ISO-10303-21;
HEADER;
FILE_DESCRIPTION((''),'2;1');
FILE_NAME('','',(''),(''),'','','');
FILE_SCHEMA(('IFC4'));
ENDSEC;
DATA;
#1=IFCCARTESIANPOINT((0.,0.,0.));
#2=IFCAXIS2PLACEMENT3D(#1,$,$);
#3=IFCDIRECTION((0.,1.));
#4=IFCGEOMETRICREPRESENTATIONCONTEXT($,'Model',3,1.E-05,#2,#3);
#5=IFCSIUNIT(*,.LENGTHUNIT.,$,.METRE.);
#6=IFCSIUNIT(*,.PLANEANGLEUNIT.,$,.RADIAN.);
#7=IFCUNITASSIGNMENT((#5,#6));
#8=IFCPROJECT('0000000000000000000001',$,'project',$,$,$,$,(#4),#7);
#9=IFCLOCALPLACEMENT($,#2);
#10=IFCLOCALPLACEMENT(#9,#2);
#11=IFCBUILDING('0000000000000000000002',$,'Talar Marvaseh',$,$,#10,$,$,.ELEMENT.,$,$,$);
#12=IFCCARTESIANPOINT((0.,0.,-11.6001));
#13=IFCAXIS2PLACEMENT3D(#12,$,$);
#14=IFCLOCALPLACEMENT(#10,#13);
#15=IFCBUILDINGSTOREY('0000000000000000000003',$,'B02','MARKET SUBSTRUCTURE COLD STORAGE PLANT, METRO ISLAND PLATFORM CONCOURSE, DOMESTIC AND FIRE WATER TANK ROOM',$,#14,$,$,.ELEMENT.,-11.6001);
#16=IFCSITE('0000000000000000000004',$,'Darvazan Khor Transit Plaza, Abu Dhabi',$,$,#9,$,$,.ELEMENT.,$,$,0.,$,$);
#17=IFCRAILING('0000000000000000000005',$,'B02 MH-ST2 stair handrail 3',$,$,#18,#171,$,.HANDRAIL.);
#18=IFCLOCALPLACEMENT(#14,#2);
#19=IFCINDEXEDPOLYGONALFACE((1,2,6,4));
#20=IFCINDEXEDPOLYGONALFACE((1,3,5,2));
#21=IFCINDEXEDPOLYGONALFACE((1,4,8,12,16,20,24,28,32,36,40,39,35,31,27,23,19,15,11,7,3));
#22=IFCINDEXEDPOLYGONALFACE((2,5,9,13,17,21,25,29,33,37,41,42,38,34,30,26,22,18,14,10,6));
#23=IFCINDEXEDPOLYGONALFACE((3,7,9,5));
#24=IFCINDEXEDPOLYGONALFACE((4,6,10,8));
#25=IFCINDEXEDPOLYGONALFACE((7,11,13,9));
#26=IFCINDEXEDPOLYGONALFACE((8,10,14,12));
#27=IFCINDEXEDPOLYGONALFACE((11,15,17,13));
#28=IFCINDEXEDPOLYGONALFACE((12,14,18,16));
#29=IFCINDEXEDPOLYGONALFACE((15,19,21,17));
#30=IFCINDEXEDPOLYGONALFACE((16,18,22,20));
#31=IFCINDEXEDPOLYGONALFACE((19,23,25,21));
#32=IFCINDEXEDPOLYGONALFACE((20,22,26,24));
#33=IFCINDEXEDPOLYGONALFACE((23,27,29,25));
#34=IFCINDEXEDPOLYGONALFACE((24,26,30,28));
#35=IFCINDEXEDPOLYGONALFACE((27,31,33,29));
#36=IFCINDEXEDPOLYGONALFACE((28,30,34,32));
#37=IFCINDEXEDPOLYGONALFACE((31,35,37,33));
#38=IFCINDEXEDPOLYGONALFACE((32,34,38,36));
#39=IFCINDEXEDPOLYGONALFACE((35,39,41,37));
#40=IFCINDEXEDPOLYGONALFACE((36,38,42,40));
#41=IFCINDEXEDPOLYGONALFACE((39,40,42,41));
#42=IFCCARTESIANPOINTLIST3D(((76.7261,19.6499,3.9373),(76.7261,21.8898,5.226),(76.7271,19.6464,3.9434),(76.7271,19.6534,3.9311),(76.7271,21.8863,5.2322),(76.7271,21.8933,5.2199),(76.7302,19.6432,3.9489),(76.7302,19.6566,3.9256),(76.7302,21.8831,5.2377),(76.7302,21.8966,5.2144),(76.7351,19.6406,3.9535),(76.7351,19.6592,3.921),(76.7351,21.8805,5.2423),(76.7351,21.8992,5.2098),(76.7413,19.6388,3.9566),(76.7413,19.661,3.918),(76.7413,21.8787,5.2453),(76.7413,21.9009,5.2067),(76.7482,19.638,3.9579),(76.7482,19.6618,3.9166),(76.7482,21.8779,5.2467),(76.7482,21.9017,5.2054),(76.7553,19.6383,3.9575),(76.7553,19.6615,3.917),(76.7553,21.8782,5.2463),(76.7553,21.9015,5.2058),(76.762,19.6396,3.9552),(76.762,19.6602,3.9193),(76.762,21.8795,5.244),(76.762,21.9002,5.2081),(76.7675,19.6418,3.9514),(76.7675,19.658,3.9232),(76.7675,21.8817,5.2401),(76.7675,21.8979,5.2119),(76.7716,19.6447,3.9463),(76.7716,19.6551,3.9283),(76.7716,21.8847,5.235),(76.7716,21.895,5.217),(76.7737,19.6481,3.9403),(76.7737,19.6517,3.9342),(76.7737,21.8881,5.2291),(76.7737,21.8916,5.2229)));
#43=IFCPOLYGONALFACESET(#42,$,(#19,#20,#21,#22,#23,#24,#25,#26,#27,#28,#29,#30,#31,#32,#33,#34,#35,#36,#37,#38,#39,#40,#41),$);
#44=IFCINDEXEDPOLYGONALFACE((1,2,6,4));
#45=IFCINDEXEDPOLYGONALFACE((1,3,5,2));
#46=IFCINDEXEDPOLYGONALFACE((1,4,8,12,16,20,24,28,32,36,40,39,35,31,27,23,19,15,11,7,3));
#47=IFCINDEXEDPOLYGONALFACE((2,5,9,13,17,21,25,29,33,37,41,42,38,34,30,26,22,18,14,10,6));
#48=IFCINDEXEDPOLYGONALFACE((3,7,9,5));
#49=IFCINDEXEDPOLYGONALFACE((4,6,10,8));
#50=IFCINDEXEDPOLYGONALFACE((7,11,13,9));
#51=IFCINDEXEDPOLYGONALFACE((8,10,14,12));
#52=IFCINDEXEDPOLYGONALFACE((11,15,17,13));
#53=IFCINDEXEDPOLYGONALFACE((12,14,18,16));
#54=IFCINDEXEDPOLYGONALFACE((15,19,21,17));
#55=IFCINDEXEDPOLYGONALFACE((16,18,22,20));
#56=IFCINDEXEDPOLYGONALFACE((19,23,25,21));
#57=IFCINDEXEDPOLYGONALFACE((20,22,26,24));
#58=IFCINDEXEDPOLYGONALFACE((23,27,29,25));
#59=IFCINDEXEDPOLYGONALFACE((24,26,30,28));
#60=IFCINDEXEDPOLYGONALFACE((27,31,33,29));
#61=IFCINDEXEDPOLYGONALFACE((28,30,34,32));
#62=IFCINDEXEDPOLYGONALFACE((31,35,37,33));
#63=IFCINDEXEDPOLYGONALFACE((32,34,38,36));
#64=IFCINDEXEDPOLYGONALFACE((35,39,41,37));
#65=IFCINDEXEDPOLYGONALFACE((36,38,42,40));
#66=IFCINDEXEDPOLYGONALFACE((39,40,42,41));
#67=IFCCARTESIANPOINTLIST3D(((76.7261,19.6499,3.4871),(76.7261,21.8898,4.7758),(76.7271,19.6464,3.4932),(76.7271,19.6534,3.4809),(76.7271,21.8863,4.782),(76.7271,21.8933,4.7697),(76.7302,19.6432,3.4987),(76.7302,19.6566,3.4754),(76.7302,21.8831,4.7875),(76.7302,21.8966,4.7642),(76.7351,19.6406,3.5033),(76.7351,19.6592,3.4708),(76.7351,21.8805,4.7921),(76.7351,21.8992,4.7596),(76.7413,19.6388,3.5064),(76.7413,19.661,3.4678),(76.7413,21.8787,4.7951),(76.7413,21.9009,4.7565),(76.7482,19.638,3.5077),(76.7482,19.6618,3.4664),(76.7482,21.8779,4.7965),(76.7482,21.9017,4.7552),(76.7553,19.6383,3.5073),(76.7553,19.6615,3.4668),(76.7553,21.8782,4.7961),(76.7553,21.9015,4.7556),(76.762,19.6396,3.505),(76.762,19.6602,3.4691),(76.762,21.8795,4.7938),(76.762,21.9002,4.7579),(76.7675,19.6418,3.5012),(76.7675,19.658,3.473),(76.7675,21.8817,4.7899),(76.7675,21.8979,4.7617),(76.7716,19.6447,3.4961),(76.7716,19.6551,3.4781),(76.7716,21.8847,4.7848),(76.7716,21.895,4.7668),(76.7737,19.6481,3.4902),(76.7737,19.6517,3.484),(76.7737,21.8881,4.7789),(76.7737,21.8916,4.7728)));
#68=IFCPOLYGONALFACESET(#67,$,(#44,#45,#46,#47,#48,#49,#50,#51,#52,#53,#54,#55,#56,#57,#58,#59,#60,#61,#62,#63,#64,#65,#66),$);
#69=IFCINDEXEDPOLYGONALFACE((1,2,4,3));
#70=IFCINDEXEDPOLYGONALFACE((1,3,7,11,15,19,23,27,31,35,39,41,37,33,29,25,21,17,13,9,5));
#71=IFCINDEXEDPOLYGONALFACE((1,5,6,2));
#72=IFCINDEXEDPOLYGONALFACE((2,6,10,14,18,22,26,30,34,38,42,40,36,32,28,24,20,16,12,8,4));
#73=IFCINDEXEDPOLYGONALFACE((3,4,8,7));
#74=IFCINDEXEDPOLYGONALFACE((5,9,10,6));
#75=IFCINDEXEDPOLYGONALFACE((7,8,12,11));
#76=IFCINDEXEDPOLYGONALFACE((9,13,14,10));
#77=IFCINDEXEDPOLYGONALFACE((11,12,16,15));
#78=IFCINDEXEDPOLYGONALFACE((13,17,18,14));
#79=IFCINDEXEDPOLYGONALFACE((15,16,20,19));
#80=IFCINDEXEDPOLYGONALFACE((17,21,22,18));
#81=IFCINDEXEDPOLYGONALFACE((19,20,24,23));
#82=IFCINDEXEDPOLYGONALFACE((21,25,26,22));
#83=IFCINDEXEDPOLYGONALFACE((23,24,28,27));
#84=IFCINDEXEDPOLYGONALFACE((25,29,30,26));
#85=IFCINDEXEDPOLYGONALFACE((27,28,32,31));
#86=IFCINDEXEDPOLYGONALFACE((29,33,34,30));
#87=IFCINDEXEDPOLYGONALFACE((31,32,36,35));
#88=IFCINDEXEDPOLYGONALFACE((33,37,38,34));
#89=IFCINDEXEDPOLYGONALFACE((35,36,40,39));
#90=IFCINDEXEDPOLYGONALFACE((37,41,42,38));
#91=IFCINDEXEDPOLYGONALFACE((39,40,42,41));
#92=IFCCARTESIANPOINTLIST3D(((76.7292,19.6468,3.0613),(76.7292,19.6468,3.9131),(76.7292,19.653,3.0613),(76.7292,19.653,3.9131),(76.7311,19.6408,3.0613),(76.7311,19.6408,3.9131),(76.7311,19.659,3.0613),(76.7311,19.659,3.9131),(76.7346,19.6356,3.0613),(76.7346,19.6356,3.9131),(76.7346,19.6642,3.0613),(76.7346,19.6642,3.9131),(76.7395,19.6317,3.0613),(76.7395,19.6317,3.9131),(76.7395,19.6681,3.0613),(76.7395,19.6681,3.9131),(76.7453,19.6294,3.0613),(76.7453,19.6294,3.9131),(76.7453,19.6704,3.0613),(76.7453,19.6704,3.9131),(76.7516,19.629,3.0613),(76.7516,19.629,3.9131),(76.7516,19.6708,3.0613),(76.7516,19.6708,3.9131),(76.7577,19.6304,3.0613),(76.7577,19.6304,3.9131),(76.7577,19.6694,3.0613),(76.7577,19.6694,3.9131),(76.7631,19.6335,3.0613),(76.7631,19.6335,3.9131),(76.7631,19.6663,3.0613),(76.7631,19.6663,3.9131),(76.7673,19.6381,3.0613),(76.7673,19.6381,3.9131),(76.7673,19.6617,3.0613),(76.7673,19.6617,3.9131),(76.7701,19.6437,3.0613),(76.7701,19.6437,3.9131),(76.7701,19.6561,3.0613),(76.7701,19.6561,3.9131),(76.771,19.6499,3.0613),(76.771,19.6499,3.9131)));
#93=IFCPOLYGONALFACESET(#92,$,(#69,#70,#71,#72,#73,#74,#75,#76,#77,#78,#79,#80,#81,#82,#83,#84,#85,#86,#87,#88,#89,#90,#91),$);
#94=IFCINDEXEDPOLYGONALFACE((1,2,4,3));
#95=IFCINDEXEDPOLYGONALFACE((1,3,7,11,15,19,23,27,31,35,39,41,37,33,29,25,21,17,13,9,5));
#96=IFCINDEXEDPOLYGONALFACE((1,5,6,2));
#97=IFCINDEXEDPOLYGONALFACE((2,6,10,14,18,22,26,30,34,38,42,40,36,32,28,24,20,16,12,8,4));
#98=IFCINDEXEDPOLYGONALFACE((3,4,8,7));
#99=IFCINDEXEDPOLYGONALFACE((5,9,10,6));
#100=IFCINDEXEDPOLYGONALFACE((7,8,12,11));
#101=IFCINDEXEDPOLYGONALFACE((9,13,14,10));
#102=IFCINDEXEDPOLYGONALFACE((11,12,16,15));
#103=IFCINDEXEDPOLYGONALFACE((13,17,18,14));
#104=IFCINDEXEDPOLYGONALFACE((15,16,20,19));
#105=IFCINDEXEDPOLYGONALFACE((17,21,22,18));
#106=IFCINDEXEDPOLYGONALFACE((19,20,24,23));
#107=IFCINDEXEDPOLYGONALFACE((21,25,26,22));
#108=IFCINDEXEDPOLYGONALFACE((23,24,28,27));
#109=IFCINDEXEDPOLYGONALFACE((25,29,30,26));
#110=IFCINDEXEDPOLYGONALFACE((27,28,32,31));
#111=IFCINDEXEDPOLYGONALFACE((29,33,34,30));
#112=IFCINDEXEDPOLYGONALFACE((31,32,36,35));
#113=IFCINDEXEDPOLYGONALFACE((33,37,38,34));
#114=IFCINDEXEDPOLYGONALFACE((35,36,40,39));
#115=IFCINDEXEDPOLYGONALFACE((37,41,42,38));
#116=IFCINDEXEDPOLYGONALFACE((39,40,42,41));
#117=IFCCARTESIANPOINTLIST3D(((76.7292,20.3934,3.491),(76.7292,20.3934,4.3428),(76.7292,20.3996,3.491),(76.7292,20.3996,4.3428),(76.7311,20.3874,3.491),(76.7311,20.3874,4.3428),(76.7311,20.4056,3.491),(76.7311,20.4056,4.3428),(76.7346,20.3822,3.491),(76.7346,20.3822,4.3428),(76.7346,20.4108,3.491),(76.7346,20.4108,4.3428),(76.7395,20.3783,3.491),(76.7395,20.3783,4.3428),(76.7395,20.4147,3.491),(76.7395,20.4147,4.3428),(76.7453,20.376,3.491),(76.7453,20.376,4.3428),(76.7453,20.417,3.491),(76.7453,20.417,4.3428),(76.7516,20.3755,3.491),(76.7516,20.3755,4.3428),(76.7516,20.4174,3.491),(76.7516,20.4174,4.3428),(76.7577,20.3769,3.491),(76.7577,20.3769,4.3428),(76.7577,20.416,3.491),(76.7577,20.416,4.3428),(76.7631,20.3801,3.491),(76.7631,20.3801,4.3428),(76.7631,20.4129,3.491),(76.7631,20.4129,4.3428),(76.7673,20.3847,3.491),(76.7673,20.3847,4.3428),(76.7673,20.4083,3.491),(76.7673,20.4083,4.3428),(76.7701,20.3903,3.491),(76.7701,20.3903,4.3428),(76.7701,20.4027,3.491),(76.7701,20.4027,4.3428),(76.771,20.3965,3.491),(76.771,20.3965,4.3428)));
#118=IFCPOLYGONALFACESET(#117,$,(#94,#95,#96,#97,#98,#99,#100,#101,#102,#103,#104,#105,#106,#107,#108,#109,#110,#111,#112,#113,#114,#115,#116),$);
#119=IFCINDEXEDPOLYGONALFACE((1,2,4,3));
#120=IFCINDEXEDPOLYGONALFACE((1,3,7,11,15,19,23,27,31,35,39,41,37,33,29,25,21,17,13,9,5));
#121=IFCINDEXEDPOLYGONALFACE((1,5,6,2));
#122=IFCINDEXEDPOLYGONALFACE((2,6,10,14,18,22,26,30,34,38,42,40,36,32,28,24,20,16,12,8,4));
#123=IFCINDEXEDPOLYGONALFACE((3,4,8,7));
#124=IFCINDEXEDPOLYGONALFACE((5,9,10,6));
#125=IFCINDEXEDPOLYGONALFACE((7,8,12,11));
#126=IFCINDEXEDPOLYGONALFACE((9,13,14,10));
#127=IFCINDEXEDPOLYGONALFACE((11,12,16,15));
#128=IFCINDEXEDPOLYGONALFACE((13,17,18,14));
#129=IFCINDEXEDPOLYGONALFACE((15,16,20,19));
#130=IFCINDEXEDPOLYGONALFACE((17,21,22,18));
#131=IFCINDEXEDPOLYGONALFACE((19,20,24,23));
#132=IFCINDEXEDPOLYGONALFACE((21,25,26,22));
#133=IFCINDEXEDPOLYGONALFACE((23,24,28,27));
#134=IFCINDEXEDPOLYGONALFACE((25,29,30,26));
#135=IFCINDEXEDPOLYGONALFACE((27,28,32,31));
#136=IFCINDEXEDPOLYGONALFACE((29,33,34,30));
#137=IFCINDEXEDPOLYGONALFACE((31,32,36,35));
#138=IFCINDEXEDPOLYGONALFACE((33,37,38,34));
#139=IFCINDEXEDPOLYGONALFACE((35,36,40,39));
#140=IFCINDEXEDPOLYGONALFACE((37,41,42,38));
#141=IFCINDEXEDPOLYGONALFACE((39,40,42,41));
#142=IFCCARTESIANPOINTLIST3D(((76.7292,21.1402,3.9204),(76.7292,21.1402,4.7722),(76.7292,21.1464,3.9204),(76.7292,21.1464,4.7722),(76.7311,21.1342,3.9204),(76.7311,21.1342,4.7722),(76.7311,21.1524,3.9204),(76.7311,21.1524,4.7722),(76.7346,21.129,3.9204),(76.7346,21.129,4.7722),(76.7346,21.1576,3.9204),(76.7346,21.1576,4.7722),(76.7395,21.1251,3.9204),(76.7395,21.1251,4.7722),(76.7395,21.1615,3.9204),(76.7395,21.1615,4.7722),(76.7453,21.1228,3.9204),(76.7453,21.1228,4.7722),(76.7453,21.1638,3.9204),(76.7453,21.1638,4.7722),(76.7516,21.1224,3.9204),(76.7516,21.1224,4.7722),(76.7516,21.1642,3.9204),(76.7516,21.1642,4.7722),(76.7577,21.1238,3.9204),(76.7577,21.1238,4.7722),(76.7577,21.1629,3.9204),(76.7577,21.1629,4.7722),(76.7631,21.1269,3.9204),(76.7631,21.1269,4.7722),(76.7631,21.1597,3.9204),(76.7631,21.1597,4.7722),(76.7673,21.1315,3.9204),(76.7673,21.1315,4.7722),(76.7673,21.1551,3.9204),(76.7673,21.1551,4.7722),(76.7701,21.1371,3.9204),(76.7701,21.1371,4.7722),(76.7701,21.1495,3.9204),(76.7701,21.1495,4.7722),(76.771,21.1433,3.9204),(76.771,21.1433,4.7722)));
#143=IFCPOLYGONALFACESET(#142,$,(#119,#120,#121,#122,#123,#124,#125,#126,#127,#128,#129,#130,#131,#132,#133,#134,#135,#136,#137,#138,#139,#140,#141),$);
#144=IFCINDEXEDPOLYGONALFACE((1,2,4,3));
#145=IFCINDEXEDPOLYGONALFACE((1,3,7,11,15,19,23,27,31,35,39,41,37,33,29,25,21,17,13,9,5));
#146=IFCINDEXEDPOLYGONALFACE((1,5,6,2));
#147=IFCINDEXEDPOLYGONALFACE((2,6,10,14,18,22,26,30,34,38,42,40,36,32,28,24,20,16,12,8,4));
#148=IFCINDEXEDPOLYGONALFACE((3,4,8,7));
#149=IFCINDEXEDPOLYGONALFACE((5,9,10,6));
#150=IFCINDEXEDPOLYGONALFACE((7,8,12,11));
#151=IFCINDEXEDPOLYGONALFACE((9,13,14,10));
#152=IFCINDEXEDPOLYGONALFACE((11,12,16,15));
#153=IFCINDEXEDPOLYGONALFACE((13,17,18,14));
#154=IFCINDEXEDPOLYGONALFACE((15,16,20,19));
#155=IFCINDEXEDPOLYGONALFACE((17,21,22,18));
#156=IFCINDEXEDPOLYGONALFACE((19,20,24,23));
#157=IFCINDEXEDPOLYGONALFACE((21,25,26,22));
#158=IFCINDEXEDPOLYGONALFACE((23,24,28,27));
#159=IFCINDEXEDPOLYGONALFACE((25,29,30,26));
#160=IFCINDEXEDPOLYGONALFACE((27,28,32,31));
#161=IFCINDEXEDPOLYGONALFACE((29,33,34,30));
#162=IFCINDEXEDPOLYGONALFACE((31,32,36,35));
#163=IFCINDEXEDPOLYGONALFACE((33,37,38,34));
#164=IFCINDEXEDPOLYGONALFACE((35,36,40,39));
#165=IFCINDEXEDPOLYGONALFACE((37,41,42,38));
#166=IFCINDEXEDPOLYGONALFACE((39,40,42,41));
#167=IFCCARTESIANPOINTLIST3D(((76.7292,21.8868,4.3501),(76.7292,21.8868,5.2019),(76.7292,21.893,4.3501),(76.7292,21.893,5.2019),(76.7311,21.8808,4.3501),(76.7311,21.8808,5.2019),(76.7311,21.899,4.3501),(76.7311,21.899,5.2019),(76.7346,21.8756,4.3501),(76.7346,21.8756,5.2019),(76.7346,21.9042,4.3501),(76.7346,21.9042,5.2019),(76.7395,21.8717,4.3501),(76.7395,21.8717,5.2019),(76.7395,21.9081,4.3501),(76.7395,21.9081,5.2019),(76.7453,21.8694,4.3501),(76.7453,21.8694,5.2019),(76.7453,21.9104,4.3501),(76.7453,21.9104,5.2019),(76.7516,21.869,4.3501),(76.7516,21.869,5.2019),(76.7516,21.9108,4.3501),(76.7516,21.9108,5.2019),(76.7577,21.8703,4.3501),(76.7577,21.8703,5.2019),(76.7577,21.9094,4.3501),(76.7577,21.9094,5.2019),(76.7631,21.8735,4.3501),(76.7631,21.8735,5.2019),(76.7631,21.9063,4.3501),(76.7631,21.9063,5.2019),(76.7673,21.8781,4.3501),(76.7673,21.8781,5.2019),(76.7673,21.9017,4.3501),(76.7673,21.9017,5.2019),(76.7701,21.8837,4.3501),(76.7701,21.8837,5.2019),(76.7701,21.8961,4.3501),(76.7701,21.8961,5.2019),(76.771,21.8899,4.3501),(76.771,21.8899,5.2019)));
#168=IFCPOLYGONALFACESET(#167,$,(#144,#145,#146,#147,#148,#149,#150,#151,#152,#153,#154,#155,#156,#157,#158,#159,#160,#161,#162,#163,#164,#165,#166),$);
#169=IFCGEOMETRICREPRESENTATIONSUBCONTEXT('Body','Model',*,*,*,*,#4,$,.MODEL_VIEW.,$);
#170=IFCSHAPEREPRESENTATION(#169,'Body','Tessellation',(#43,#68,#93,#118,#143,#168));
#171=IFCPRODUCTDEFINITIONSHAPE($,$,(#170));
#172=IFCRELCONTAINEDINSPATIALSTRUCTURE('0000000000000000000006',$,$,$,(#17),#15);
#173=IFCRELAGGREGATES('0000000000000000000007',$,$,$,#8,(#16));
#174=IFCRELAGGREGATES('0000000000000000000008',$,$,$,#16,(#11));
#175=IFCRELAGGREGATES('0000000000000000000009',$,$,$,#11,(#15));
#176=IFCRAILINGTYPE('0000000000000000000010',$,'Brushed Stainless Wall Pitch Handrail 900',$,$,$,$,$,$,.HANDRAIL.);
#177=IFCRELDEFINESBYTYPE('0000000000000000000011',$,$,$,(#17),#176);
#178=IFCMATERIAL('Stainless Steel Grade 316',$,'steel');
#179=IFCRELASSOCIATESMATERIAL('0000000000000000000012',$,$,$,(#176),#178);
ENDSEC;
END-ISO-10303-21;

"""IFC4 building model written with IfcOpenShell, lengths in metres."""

from ifc_helpers import new_model, si_unit, direction, frame, origin, origin_2d, place, context, subcontext, project, spatial, circle, extrude, material, type_object, element, save


model = new_model("IFC4")

# Units and contexts
model_context = context("Model", 3, precision=1e-05, world=origin(), true_north=direction((0.0, 1.0)))
body_context = subcontext(model_context, "Body", "Model", "MODEL_VIEW")
ifc_project = project(units=[si_unit("LENGTHUNIT", "METRE"), si_unit("PLANEANGLEUNIT", "RADIAN")], contexts=[model_context])

# Site, building, storey
site_placement = place(None, origin())
site = spatial("IfcSite", under=ifc_project, at=site_placement, Name="Darvazan Khor Transit Plaza, Abu Dhabi", CompositionType="ELEMENT", RefElevation=0.0)
building_placement = place(site_placement, origin())
building = spatial("IfcBuilding", under=site, at=building_placement, Name="Talar Marvaseh", CompositionType="ELEMENT")
storey_placement = place(building_placement, frame((0.0, 0.0, -11.6001)))
storey = spatial("IfcBuildingStorey", under=building, at=storey_placement, Name="B02", Description="MARKET SUBSTRUCTURE COLD STORAGE PLANT, METRO ISLAND PLATFORM CONCOURSE, DOMESTIC AND FIRE WATER TANK ROOM", CompositionType="ELEMENT", Elevation=-11.6001)

# Railing
ifc_material_1 = material(Name="Stainless Steel Grade 316", Category="steel")
railing_type_1 = type_object("IfcRailingType", Name="Brushed Stainless Wall Pitch Handrail 900", PredefinedType="HANDRAIL", material=ifc_material_1)
railing_1_placement = place(storey_placement, frame((76.75, 19.6499, 3.0613)))
element("IfcRailing", 1, at=railing_1_placement, inside=storey, type_object=railing_type_1, Name="B02 MH-ST2 stair handrail 3", PredefinedType="HANDRAIL", context=body_context, shape_type="SweptSolid", body=[
    extrude(circle(Radius=0.0239, at=origin_2d()), frame((0.0, 0.0, 0.876), z_axis=(0.0, 0.866768, 0.498711), x_axis=(-1.0, 0.0, 0.0)), (0.0, 0.0, 1.0), 2.5842),
    extrude(circle(Radius=0.0239, at=origin_2d()), frame((0.0, 0.0, 0.4258), z_axis=(0.0, 0.866768, 0.498711), x_axis=(-1.0, 0.0, 0.0)), (0.0, 0.0, 1.0), 2.5842),
    extrude(circle(Radius=0.021, at=origin_2d()), origin(), (0.0, 0.0, 1.0), 0.8518),
    extrude(circle(Radius=0.021, at=origin_2d()), frame((0.0, 0.7466, 0.4297)), (0.0, 0.0, 1.0), 0.8518),
    extrude(circle(Radius=0.021, at=origin_2d()), frame((0.0, 1.4934, 0.8591)), (0.0, 0.0, 1.0), 0.8518),
    extrude(circle(Radius=0.021, at=origin_2d()), frame((0.0, 2.24, 1.2888)), (0.0, 0.0, 1.0), 0.8518),
])

save(model, "model.ifc")
